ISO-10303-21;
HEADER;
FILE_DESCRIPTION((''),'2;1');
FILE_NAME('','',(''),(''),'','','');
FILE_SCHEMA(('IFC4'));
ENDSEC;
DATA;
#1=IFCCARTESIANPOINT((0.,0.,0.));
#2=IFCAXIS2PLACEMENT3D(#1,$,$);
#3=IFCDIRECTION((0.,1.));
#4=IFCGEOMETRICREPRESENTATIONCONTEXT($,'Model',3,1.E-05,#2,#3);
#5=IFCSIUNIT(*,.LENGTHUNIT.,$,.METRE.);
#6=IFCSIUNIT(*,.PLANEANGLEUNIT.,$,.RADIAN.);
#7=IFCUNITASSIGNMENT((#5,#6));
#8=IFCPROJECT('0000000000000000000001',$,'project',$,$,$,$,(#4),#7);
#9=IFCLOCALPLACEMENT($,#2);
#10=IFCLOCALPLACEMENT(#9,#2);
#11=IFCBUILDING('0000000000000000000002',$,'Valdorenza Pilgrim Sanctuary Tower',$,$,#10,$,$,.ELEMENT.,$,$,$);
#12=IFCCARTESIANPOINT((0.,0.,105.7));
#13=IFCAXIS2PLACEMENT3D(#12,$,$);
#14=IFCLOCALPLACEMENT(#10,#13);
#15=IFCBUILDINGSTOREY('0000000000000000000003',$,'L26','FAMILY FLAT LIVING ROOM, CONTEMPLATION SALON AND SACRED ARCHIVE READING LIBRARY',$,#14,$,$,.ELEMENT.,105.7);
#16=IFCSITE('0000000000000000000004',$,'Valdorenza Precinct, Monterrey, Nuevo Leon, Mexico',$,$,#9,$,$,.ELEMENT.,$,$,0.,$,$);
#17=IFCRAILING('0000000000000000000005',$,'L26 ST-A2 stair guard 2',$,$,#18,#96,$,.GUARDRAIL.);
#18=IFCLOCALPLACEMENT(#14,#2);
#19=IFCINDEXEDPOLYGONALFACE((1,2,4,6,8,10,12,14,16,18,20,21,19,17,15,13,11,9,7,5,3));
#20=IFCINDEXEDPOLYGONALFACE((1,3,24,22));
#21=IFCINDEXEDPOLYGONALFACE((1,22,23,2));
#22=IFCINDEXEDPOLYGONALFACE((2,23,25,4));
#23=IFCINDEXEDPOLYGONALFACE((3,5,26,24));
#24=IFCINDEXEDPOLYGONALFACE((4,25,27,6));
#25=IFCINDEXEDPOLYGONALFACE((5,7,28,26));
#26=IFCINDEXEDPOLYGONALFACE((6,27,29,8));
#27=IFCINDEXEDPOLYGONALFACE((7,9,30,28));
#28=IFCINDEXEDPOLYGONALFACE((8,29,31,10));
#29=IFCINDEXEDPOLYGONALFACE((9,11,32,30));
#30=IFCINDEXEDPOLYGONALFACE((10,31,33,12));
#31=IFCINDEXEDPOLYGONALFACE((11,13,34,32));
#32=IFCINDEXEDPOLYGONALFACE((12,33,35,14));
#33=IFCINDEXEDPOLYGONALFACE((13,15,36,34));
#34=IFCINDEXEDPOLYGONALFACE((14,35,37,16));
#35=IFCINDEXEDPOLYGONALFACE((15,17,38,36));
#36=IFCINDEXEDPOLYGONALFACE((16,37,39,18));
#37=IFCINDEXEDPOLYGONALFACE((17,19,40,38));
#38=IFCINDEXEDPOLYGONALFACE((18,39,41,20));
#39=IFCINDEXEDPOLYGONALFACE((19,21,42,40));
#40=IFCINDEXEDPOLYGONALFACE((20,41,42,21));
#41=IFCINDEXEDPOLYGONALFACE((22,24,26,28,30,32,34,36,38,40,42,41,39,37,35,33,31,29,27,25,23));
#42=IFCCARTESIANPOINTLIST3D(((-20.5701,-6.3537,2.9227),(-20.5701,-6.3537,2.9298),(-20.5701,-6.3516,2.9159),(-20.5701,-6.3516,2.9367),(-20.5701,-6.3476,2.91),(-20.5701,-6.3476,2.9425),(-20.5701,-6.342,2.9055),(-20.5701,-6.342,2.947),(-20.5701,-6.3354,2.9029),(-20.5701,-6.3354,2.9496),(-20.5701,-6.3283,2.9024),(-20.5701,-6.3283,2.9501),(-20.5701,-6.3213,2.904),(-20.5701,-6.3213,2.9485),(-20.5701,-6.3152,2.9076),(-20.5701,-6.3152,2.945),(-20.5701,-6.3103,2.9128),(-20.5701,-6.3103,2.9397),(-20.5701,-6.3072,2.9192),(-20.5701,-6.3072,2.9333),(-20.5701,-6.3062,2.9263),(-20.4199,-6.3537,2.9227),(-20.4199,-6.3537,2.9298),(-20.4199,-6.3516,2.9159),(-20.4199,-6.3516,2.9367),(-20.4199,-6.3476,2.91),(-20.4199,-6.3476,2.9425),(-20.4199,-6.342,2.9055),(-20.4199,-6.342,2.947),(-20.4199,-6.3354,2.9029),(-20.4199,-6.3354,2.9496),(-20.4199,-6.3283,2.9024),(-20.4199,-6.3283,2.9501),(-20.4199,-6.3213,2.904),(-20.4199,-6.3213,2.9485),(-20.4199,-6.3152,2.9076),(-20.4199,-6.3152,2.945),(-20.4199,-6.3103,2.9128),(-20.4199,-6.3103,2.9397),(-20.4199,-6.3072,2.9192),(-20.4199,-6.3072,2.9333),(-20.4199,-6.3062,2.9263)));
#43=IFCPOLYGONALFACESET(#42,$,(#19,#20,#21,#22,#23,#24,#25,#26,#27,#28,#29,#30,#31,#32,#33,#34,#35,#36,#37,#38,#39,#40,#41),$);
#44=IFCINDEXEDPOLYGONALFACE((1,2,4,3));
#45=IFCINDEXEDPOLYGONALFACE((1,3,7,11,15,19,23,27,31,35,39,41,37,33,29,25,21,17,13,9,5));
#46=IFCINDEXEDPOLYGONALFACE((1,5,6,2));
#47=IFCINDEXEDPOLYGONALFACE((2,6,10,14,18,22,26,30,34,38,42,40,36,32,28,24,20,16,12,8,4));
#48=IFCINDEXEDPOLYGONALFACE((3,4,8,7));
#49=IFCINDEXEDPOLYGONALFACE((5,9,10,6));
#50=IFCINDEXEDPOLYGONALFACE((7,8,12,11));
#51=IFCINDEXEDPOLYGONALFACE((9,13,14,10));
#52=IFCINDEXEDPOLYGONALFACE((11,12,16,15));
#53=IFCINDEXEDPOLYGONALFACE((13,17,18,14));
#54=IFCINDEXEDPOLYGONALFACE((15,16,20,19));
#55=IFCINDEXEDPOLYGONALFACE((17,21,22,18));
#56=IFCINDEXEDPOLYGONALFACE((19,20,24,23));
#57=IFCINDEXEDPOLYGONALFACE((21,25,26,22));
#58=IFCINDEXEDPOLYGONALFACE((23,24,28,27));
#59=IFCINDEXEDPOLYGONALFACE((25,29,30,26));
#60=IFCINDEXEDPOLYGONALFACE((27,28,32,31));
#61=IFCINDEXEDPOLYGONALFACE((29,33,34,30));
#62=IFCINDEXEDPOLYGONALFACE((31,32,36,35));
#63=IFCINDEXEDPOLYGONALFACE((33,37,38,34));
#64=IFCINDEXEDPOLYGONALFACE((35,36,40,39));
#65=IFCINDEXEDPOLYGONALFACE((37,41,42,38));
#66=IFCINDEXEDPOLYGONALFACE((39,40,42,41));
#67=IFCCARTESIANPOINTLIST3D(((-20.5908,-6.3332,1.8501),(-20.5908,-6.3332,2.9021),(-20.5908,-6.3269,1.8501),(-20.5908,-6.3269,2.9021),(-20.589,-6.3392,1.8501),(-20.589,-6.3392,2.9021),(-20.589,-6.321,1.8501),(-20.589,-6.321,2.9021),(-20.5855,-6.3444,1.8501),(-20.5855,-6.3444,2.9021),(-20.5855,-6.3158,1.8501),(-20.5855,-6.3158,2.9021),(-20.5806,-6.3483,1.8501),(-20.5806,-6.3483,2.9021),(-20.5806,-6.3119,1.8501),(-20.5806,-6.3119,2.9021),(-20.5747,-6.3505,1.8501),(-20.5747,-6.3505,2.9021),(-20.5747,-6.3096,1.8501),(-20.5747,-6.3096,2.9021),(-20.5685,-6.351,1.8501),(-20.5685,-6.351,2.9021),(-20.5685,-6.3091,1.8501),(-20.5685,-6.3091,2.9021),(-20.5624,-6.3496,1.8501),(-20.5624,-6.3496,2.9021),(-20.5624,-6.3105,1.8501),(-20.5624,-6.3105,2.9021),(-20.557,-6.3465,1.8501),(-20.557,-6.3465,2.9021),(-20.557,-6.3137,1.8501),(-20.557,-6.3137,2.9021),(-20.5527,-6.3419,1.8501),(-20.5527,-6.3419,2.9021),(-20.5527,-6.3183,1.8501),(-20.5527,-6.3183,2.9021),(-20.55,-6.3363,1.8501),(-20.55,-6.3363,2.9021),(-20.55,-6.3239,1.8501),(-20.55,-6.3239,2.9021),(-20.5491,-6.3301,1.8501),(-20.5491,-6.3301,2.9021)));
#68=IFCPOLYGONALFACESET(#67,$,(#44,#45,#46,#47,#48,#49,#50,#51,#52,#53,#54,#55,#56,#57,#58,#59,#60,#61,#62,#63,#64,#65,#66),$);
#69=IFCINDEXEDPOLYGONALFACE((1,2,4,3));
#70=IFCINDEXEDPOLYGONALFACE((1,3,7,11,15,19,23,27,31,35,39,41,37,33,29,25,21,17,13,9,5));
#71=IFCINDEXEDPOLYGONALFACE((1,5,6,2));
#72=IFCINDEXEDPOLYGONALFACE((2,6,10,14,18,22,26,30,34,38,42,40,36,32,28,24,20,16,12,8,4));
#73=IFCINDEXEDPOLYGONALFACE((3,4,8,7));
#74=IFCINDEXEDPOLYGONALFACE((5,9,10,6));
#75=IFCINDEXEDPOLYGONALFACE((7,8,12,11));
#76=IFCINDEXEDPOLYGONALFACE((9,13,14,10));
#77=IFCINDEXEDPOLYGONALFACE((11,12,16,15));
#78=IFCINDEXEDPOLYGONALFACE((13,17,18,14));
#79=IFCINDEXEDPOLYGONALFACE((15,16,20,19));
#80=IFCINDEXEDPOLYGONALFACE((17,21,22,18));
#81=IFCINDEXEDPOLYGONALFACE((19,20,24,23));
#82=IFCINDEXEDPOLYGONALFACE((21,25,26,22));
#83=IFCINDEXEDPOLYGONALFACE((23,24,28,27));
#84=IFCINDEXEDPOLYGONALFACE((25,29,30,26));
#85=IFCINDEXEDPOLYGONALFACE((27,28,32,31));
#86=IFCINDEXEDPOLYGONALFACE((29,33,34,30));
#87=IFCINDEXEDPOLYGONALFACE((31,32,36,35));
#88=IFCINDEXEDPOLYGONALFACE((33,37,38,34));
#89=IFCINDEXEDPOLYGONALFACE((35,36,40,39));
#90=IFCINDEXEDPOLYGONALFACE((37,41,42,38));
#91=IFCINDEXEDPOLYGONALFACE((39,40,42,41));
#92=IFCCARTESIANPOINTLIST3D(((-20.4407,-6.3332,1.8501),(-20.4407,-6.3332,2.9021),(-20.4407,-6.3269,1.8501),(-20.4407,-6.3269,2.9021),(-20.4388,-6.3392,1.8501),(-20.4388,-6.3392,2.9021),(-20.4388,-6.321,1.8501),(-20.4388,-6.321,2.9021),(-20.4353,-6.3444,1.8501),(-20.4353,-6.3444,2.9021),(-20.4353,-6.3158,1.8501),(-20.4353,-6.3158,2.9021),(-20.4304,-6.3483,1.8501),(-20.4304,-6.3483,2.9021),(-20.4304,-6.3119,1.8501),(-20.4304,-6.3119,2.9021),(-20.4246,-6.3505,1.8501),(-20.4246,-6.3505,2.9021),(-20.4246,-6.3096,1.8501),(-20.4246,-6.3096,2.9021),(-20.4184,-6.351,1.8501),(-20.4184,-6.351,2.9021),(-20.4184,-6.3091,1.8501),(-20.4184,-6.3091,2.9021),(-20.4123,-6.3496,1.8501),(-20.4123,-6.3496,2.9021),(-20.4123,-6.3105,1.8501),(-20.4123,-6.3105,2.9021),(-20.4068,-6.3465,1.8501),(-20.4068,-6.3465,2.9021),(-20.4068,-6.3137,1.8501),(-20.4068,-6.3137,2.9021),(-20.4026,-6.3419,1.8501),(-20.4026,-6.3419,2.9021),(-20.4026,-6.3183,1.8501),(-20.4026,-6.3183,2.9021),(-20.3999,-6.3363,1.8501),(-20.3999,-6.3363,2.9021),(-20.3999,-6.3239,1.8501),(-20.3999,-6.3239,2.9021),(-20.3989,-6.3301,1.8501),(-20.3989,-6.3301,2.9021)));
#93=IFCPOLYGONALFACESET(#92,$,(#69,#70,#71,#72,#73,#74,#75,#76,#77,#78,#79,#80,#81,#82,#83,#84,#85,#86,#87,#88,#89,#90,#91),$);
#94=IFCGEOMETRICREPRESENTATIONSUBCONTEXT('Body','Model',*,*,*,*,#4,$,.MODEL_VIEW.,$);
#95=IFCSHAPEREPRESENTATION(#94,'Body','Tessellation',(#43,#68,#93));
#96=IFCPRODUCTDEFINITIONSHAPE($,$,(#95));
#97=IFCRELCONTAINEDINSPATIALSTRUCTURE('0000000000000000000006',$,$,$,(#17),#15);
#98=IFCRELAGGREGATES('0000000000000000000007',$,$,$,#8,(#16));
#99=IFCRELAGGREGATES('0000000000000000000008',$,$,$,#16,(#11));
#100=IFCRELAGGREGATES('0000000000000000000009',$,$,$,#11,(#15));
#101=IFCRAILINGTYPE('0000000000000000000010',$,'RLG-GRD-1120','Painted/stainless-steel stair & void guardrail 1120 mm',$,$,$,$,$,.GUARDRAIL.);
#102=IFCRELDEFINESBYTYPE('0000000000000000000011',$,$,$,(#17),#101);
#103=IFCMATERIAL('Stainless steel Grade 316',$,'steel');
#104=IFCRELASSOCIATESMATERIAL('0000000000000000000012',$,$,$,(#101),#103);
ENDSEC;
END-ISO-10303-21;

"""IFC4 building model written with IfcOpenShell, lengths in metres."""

from ifc_helpers import new_model, si_unit, direction, frame, origin, origin_2d, place, context, subcontext, project, spatial, circle, extrude, material, type_object, element, save


model = new_model("IFC4")

# Units and contexts
model_context = context("Model", 3, precision=1e-05, world=origin(), true_north=direction((0.0, 1.0)))
body_context = subcontext(model_context, "Body", "Model", "MODEL_VIEW")
ifc_project = project(units=[si_unit("LENGTHUNIT", "METRE"), si_unit("PLANEANGLEUNIT", "RADIAN")], contexts=[model_context])

# Site, building, storey
site_placement = place(None, origin())
site = spatial("IfcSite", under=ifc_project, at=site_placement, Name="Valdorenza Precinct, Monterrey, Nuevo Leon, Mexico", CompositionType="ELEMENT", RefElevation=0.0)
building_placement = place(site_placement, origin())
building = spatial("IfcBuilding", under=site, at=building_placement, Name="Valdorenza Pilgrim Sanctuary Tower", CompositionType="ELEMENT")
storey_placement = place(building_placement, frame((0.0, 0.0, 105.7)))
storey = spatial("IfcBuildingStorey", under=building, at=storey_placement, Name="L26", Description="FAMILY FLAT LIVING ROOM, CONTEMPLATION SALON AND SACRED ARCHIVE READING LIBRARY", CompositionType="ELEMENT", Elevation=105.7)

# Railing
ifc_material_1 = material(Name="Stainless steel Grade 316", Category="steel")
railing_type_1 = type_object("IfcRailingType", Name="RLG-GRD-1120", Description="Painted/stainless-steel stair & void guardrail 1120 mm", PredefinedType="GUARDRAIL", material=ifc_material_1)
railing_1_placement = place(storey_placement, frame((-20.5701, -6.3301, 1.8501)))
element("IfcRailing", 1, at=railing_1_placement, inside=storey, type_object=railing_type_1, Name="L26 ST-A2 stair guard 2", PredefinedType="GUARDRAIL", context=body_context, shape_type="SweptSolid", body=[
    extrude(circle(Radius=0.0239, at=origin_2d()), frame((0.0, 0.0, 1.0762), z_axis=(1.0, 0.0, 0.0), x_axis=(0.0, 1.0, 0.0)), (0.0, 0.0, 1.0), 0.1501),
    extrude(circle(Radius=0.021, at=origin_2d()), origin(), (0.0, 0.0, 1.0), 1.052),
    extrude(circle(Radius=0.021, at=origin_2d()), frame((0.1501, 0.0, 0.0)), (0.0, 0.0, 1.0), 1.052),
])

save(model, "model.ifc")
